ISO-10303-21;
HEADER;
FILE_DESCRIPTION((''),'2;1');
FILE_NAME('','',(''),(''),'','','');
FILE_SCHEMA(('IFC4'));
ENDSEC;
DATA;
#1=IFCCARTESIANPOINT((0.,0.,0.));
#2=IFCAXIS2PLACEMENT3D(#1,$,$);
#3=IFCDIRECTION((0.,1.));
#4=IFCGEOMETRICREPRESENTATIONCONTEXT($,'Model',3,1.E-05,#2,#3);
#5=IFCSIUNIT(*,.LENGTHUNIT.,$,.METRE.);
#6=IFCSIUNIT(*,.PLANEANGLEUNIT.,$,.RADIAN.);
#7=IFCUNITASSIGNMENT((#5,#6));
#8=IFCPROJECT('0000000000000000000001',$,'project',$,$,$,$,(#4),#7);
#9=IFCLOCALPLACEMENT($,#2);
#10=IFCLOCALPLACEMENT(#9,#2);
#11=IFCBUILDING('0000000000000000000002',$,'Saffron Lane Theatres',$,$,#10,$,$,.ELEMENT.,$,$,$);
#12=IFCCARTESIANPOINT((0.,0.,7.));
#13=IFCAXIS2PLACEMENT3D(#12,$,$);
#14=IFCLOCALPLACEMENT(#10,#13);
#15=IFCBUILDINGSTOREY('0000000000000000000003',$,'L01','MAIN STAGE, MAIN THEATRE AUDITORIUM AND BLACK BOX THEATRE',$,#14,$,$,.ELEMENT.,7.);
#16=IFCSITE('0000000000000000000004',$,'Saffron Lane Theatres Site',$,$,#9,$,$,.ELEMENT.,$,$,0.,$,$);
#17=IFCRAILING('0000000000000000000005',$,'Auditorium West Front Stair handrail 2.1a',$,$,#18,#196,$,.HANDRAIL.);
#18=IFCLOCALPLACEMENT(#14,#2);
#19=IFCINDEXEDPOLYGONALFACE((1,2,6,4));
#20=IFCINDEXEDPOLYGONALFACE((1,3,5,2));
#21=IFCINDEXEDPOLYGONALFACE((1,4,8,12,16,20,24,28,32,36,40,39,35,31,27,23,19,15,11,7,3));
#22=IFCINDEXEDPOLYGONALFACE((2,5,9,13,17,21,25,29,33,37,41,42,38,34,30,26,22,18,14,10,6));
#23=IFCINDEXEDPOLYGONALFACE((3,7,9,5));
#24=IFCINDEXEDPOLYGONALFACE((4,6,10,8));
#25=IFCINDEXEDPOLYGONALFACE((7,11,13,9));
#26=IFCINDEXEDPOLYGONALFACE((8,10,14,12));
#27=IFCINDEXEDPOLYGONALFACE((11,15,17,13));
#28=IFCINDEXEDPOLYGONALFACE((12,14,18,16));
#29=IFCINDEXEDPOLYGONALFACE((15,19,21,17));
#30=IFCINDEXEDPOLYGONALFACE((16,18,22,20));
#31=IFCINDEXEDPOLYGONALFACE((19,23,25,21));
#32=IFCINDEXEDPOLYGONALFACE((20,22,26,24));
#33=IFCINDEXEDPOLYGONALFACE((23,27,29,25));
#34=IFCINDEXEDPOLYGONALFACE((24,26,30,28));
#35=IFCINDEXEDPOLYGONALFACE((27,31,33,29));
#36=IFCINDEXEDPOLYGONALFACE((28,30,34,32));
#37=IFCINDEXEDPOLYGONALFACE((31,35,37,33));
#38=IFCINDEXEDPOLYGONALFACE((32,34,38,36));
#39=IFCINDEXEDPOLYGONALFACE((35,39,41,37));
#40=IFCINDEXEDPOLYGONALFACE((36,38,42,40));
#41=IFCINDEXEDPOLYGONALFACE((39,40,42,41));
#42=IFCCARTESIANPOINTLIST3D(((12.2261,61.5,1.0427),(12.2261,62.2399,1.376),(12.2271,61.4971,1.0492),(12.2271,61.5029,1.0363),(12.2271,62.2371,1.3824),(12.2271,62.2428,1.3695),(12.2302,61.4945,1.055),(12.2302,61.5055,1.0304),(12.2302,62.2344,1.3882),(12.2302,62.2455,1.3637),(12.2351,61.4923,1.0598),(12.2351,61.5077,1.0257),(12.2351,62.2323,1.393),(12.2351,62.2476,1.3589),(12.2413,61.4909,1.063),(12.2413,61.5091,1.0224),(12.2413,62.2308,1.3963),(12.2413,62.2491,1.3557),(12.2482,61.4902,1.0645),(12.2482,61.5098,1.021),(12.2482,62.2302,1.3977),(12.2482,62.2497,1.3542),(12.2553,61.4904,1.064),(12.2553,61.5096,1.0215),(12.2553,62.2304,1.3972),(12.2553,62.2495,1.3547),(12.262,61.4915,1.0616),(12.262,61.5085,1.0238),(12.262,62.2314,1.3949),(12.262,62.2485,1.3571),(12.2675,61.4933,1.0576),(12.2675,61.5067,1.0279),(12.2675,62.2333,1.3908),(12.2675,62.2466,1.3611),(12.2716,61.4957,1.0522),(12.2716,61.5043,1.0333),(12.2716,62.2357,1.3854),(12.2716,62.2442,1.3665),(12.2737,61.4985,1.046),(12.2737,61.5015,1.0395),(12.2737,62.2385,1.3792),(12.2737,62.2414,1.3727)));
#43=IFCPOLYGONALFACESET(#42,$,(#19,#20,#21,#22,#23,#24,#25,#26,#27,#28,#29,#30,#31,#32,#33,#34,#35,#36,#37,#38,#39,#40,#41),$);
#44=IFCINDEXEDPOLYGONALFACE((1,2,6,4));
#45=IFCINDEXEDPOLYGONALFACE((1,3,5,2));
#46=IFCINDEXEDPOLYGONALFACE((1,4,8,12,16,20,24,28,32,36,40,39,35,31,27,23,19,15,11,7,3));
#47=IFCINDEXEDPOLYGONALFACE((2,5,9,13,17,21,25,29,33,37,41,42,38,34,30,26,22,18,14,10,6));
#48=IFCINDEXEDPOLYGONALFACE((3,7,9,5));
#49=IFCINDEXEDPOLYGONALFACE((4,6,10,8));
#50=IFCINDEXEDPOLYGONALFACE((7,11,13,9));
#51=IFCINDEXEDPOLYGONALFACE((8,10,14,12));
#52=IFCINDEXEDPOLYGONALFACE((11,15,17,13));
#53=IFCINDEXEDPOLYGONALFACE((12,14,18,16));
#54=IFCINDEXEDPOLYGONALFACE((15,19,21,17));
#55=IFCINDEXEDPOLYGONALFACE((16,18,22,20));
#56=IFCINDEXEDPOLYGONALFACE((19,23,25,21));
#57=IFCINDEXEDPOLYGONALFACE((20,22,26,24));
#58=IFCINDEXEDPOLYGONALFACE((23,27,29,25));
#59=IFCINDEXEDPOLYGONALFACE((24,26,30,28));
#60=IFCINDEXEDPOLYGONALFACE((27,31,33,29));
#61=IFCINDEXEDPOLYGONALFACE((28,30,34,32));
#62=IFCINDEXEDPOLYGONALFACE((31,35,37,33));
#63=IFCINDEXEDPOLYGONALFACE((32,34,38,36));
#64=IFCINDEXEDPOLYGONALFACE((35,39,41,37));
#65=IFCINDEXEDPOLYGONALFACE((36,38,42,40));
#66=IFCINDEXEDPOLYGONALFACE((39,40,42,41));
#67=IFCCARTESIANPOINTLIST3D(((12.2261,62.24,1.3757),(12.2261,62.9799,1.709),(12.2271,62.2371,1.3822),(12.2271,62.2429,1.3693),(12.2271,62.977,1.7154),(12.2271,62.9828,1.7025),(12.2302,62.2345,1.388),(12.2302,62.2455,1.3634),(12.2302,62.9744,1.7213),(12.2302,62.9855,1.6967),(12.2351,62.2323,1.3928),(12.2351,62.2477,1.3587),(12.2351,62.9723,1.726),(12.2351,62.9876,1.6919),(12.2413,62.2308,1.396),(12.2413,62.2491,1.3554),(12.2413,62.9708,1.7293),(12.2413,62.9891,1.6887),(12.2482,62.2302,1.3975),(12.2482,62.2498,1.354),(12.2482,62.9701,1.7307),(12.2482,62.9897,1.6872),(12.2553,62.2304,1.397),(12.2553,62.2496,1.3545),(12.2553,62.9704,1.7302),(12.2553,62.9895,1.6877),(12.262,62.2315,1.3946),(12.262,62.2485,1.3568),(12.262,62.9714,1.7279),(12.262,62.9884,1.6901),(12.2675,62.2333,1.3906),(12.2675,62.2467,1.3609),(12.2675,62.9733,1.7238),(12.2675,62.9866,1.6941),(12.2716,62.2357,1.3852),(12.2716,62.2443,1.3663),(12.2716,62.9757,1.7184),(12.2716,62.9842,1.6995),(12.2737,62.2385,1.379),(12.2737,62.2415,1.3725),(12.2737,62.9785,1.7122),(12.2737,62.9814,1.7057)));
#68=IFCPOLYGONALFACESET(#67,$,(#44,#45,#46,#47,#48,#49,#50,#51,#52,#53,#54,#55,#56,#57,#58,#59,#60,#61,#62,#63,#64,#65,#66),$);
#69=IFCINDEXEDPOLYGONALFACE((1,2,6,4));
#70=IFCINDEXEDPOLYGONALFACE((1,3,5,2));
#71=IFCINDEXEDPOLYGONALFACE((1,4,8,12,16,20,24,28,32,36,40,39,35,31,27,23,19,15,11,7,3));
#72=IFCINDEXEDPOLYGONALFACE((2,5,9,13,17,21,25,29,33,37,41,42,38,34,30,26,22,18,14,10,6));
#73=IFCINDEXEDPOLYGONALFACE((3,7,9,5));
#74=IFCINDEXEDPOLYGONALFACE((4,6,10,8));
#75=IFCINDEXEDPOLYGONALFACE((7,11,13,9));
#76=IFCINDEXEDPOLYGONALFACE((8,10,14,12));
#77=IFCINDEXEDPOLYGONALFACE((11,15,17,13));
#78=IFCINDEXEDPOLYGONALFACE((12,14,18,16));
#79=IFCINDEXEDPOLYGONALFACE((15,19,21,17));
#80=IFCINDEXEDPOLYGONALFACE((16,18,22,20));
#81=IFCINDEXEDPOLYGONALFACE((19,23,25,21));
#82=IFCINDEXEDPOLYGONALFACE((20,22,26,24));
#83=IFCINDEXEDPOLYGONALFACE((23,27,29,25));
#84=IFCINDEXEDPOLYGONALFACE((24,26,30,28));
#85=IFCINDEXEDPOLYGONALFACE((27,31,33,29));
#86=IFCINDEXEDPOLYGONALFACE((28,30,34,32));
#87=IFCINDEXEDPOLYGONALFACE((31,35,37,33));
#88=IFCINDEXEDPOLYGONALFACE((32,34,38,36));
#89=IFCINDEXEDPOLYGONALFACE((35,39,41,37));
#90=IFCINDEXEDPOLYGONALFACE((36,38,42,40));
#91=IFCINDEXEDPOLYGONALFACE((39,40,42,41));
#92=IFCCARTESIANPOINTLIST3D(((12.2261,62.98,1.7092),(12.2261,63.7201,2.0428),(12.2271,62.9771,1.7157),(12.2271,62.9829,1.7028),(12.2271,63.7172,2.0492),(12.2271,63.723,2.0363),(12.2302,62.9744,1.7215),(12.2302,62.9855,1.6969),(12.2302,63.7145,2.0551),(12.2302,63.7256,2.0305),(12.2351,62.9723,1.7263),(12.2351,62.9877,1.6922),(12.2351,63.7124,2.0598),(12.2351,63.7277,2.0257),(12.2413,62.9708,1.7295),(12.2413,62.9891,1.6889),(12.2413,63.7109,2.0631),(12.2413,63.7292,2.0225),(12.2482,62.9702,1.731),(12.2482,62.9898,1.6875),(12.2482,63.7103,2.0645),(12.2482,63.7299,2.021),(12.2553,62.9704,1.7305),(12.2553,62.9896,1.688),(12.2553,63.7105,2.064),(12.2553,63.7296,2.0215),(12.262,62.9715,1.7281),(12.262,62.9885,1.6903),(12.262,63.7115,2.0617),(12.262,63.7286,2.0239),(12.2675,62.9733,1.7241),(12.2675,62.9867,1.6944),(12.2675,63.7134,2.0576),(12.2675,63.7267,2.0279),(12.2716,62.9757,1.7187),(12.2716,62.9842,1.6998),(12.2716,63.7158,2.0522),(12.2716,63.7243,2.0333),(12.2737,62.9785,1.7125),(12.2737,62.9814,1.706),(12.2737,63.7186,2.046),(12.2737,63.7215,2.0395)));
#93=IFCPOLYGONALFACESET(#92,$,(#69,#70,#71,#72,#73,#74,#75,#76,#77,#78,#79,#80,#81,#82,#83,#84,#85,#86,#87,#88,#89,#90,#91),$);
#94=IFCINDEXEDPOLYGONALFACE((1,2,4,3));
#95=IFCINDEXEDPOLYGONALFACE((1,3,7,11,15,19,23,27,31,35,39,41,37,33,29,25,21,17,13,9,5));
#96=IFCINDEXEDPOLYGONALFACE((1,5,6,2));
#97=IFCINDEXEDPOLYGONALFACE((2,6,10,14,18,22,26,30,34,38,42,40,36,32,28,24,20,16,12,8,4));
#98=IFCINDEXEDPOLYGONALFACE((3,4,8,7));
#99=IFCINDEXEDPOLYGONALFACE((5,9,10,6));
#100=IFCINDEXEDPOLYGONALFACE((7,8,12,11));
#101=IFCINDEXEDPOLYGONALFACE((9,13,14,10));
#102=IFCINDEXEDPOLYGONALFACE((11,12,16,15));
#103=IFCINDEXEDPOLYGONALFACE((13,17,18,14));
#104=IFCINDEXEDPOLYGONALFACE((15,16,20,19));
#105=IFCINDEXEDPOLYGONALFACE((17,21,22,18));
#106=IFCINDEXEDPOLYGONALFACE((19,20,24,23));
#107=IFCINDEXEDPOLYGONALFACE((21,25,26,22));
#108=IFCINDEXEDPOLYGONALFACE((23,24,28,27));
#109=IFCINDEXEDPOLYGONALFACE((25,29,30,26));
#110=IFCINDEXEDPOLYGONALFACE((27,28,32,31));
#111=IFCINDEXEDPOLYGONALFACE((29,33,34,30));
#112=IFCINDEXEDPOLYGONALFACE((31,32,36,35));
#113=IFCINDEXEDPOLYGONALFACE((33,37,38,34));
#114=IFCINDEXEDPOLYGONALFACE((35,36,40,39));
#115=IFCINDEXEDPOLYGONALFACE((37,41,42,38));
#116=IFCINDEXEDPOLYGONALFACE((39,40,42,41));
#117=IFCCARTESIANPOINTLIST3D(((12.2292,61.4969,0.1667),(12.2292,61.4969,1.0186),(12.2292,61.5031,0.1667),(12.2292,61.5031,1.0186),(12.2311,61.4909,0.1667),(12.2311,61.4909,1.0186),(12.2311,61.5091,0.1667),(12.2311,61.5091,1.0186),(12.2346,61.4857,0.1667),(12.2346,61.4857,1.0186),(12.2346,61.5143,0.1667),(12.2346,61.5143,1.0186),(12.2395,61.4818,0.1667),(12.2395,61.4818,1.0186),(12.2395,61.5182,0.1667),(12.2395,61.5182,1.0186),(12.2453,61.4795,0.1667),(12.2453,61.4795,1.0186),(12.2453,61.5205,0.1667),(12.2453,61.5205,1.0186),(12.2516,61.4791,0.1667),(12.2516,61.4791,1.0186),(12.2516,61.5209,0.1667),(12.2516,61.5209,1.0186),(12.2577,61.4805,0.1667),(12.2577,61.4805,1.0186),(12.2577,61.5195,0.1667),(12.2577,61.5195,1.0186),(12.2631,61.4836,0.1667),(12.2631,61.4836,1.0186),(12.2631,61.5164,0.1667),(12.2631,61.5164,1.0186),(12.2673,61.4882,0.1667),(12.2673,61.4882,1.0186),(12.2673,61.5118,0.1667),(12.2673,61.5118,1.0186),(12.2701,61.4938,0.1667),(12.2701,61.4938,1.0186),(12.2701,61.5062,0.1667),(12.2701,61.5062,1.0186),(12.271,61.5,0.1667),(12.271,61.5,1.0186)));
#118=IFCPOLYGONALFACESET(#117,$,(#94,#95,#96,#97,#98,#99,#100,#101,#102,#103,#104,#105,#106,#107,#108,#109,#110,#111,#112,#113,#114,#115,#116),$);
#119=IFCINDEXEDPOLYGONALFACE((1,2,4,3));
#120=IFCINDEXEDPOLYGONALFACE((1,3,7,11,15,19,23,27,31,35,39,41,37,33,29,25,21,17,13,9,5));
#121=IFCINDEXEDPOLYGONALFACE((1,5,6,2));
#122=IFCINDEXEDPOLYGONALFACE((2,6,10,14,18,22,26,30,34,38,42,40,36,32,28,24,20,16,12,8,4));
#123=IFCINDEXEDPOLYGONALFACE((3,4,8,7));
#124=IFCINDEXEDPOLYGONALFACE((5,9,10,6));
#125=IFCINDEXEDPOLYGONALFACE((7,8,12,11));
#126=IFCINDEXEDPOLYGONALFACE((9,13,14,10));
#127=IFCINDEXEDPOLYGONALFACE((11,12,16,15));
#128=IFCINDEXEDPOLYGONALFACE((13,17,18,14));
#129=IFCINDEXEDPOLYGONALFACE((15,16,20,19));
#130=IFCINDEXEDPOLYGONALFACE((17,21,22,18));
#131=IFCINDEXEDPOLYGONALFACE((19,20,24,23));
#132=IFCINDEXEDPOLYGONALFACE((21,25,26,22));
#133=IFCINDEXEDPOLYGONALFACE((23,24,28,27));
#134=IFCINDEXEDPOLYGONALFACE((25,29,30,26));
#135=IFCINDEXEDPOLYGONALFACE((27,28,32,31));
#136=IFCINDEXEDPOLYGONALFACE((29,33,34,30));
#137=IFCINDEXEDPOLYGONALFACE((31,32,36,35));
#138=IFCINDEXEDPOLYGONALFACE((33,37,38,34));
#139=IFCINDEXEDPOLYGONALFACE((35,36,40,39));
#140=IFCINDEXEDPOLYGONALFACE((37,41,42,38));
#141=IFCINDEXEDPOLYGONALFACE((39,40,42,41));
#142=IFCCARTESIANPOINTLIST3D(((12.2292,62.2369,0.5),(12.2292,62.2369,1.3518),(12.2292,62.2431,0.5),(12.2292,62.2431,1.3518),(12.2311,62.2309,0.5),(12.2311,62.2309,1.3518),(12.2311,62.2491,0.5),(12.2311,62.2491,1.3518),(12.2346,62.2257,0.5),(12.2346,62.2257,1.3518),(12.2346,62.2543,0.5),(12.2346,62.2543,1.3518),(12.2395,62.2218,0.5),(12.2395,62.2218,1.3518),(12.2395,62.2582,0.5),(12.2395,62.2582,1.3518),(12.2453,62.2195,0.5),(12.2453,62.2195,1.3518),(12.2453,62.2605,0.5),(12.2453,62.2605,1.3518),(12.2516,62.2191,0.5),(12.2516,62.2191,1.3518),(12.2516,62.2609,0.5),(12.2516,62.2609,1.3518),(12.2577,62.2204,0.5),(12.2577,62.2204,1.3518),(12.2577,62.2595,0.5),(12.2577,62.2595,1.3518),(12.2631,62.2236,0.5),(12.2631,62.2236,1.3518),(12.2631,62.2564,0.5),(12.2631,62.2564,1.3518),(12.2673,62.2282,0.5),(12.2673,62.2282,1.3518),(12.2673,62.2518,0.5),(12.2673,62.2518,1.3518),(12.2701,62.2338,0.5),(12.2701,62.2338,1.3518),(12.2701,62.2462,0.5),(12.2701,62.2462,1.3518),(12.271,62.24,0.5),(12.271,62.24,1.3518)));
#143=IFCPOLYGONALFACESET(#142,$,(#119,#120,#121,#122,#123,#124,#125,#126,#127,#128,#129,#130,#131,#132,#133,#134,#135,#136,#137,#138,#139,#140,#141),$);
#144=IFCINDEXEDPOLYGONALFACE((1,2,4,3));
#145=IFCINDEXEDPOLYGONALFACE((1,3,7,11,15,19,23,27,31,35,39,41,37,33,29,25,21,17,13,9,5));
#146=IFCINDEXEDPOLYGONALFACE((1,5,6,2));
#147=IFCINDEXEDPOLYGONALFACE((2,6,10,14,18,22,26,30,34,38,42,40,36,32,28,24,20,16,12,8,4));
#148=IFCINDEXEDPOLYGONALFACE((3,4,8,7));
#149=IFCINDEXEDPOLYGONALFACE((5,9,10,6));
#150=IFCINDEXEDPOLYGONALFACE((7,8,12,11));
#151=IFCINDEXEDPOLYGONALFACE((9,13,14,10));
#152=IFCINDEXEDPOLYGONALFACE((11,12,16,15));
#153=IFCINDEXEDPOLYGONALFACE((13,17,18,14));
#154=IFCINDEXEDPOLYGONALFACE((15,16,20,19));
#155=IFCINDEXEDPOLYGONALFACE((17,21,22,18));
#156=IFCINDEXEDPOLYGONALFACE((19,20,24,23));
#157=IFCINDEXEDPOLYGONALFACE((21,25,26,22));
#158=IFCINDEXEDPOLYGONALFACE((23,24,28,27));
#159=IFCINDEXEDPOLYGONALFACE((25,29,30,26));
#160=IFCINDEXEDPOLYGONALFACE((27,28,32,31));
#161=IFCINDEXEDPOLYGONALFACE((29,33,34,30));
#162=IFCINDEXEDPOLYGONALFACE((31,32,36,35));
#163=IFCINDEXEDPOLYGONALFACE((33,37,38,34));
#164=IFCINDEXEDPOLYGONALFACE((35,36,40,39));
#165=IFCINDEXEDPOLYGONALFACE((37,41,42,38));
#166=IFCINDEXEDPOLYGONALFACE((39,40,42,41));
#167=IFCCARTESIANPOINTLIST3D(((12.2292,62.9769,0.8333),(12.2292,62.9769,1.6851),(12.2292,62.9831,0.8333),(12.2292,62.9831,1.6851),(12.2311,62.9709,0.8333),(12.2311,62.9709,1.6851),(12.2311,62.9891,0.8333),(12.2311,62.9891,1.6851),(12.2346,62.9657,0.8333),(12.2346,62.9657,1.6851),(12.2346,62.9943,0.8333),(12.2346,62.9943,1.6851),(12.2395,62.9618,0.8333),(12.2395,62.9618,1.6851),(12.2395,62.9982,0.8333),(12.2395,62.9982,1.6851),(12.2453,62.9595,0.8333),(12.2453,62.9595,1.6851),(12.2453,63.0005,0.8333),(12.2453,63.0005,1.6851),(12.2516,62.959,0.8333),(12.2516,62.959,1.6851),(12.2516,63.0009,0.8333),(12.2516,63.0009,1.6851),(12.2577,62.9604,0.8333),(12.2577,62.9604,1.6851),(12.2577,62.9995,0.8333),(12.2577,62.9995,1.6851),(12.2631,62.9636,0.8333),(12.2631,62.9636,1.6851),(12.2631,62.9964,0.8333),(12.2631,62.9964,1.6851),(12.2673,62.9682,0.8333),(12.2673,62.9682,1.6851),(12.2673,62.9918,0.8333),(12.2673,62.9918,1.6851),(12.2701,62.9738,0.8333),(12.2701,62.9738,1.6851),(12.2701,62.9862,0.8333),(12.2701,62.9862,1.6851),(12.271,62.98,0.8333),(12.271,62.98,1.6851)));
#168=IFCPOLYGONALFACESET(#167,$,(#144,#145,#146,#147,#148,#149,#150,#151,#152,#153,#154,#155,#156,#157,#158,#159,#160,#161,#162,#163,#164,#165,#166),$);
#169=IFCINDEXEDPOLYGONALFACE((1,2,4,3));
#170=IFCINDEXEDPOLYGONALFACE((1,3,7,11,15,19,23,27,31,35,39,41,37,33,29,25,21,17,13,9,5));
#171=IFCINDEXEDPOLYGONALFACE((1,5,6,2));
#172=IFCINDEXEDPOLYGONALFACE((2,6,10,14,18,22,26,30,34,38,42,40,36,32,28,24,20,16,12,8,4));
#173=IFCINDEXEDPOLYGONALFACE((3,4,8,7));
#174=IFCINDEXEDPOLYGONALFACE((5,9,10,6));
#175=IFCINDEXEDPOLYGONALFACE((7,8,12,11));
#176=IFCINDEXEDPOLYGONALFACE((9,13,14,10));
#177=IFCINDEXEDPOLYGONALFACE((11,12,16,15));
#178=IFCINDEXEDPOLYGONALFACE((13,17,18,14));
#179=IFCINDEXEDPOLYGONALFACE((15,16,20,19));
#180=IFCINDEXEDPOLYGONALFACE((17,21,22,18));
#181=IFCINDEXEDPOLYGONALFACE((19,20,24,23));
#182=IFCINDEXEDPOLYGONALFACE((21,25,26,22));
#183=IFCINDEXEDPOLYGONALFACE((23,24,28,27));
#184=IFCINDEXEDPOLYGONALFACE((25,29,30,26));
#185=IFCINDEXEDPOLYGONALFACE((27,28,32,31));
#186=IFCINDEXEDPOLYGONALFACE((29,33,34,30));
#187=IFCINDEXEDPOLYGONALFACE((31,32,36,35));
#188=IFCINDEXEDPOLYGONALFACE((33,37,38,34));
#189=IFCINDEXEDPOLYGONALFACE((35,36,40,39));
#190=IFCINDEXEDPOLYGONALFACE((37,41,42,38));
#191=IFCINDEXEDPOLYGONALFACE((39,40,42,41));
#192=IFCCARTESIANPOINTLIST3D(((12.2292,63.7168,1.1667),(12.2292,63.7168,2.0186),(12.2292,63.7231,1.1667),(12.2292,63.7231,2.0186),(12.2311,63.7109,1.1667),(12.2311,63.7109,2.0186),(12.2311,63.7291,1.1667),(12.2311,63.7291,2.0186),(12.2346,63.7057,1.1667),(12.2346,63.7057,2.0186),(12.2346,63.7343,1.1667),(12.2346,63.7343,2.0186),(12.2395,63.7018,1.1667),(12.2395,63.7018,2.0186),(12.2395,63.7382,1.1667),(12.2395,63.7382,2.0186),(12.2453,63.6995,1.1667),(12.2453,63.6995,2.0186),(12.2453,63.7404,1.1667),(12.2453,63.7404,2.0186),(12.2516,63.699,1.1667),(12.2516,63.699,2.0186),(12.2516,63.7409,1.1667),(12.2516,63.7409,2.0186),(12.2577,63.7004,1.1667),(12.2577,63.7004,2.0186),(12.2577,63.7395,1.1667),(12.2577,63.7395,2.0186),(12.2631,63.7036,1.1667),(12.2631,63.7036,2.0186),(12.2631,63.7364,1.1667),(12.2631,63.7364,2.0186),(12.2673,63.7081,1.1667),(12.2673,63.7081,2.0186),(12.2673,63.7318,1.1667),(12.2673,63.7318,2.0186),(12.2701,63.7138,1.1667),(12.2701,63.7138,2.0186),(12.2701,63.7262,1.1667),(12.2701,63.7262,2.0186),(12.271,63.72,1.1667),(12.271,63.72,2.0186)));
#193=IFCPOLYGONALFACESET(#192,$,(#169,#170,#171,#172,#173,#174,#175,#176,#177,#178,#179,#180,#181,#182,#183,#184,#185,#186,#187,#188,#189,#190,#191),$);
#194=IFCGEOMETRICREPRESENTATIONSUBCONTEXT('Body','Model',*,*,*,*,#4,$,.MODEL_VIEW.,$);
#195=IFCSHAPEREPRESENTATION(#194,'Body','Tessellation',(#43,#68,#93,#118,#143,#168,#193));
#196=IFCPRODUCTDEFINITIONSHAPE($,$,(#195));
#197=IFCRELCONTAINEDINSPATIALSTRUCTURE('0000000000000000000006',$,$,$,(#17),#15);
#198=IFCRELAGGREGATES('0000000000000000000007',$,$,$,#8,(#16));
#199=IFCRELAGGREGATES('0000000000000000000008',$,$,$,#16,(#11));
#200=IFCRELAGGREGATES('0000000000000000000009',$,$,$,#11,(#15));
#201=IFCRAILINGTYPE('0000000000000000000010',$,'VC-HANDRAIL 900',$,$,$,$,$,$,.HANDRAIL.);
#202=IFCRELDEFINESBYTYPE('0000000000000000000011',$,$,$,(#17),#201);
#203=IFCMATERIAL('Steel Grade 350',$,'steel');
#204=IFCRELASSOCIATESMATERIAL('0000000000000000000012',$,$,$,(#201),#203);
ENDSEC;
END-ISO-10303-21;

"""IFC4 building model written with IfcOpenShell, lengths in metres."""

from ifc_helpers import new_model, si_unit, direction, frame, origin, origin_2d, place, context, subcontext, project, spatial, circle, extrude, material, type_object, element, save


model = new_model("IFC4")

# Units and contexts
model_context = context("Model", 3, precision=1e-05, world=origin(), true_north=direction((0.0, 1.0)))
body_context = subcontext(model_context, "Body", "Model", "MODEL_VIEW")
ifc_project = project(units=[si_unit("LENGTHUNIT", "METRE"), si_unit("PLANEANGLEUNIT", "RADIAN")], contexts=[model_context])

# Site, building, storey
site_placement = place(None, origin())
site = spatial("IfcSite", under=ifc_project, at=site_placement, Name="Saffron Lane Theatres Site", CompositionType="ELEMENT", RefElevation=0.0)
building_placement = place(site_placement, origin())
building = spatial("IfcBuilding", under=site, at=building_placement, Name="Saffron Lane Theatres", CompositionType="ELEMENT")
storey_placement = place(building_placement, frame((0.0, 0.0, 7.0)))
storey = spatial("IfcBuildingStorey", under=building, at=storey_placement, Name="L01", Description="MAIN STAGE, MAIN THEATRE AUDITORIUM AND BLACK BOX THEATRE", CompositionType="ELEMENT", Elevation=7.0)

# Railing
ifc_material_1 = material(Name="Steel Grade 350", Category="steel")
railing_type_1 = type_object("IfcRailingType", Name="VC-HANDRAIL 900", PredefinedType="HANDRAIL", material=ifc_material_1)
for number, where, name in (
    (1, (12.25, 61.5, 0.1667), "Auditorium West Front Stair handrail 2.1a"),
):
    element("IfcRailing", number, at=place(storey_placement, frame(where)), inside=storey, type_object=railing_type_1, Name=name, PredefinedType="HANDRAIL", context=body_context, shape_type="SweptSolid", body=[
        extrude(circle(Radius=0.0239, at=origin_2d()), frame((0.0, 0.0, 0.876), z_axis=(0.0, 0.911803, 0.410627), x_axis=(-1.0, 0.0, 0.0)), (0.0, 0.0, 1.0), 0.8115),
        extrude(circle(Radius=0.0239, at=origin_2d()), frame((0.0, 0.74, 1.209), z_axis=(0.0, 0.911803, 0.410627), x_axis=(-1.0, 0.0, 0.0)), (0.0, 0.0, 1.0), 0.8115),
        extrude(circle(Radius=0.0239, at=origin_2d()), frame((0.0, 1.48, 1.5425), z_axis=(0.0, 0.911691, 0.410877), x_axis=(-1.0, 0.0, 0.0)), (0.0, 0.0, 1.0), 0.8118),
        extrude(circle(Radius=0.021, at=origin_2d()), origin(), (0.0, 0.0, 1.0), 0.8518),
        extrude(circle(Radius=0.021, at=origin_2d()), frame((0.0, 0.74, 0.3333)), (0.0, 0.0, 1.0), 0.8518),
        extrude(circle(Radius=0.021, at=origin_2d()), frame((0.0, 1.48, 0.6665)), (0.0, 0.0, 1.0), 0.8518),
        extrude(circle(Radius=0.021, at=origin_2d()), frame((0.0, 2.22, 1.0)), (0.0, 0.0, 1.0), 0.8518),
    ])

save(model, "model.ifc")
